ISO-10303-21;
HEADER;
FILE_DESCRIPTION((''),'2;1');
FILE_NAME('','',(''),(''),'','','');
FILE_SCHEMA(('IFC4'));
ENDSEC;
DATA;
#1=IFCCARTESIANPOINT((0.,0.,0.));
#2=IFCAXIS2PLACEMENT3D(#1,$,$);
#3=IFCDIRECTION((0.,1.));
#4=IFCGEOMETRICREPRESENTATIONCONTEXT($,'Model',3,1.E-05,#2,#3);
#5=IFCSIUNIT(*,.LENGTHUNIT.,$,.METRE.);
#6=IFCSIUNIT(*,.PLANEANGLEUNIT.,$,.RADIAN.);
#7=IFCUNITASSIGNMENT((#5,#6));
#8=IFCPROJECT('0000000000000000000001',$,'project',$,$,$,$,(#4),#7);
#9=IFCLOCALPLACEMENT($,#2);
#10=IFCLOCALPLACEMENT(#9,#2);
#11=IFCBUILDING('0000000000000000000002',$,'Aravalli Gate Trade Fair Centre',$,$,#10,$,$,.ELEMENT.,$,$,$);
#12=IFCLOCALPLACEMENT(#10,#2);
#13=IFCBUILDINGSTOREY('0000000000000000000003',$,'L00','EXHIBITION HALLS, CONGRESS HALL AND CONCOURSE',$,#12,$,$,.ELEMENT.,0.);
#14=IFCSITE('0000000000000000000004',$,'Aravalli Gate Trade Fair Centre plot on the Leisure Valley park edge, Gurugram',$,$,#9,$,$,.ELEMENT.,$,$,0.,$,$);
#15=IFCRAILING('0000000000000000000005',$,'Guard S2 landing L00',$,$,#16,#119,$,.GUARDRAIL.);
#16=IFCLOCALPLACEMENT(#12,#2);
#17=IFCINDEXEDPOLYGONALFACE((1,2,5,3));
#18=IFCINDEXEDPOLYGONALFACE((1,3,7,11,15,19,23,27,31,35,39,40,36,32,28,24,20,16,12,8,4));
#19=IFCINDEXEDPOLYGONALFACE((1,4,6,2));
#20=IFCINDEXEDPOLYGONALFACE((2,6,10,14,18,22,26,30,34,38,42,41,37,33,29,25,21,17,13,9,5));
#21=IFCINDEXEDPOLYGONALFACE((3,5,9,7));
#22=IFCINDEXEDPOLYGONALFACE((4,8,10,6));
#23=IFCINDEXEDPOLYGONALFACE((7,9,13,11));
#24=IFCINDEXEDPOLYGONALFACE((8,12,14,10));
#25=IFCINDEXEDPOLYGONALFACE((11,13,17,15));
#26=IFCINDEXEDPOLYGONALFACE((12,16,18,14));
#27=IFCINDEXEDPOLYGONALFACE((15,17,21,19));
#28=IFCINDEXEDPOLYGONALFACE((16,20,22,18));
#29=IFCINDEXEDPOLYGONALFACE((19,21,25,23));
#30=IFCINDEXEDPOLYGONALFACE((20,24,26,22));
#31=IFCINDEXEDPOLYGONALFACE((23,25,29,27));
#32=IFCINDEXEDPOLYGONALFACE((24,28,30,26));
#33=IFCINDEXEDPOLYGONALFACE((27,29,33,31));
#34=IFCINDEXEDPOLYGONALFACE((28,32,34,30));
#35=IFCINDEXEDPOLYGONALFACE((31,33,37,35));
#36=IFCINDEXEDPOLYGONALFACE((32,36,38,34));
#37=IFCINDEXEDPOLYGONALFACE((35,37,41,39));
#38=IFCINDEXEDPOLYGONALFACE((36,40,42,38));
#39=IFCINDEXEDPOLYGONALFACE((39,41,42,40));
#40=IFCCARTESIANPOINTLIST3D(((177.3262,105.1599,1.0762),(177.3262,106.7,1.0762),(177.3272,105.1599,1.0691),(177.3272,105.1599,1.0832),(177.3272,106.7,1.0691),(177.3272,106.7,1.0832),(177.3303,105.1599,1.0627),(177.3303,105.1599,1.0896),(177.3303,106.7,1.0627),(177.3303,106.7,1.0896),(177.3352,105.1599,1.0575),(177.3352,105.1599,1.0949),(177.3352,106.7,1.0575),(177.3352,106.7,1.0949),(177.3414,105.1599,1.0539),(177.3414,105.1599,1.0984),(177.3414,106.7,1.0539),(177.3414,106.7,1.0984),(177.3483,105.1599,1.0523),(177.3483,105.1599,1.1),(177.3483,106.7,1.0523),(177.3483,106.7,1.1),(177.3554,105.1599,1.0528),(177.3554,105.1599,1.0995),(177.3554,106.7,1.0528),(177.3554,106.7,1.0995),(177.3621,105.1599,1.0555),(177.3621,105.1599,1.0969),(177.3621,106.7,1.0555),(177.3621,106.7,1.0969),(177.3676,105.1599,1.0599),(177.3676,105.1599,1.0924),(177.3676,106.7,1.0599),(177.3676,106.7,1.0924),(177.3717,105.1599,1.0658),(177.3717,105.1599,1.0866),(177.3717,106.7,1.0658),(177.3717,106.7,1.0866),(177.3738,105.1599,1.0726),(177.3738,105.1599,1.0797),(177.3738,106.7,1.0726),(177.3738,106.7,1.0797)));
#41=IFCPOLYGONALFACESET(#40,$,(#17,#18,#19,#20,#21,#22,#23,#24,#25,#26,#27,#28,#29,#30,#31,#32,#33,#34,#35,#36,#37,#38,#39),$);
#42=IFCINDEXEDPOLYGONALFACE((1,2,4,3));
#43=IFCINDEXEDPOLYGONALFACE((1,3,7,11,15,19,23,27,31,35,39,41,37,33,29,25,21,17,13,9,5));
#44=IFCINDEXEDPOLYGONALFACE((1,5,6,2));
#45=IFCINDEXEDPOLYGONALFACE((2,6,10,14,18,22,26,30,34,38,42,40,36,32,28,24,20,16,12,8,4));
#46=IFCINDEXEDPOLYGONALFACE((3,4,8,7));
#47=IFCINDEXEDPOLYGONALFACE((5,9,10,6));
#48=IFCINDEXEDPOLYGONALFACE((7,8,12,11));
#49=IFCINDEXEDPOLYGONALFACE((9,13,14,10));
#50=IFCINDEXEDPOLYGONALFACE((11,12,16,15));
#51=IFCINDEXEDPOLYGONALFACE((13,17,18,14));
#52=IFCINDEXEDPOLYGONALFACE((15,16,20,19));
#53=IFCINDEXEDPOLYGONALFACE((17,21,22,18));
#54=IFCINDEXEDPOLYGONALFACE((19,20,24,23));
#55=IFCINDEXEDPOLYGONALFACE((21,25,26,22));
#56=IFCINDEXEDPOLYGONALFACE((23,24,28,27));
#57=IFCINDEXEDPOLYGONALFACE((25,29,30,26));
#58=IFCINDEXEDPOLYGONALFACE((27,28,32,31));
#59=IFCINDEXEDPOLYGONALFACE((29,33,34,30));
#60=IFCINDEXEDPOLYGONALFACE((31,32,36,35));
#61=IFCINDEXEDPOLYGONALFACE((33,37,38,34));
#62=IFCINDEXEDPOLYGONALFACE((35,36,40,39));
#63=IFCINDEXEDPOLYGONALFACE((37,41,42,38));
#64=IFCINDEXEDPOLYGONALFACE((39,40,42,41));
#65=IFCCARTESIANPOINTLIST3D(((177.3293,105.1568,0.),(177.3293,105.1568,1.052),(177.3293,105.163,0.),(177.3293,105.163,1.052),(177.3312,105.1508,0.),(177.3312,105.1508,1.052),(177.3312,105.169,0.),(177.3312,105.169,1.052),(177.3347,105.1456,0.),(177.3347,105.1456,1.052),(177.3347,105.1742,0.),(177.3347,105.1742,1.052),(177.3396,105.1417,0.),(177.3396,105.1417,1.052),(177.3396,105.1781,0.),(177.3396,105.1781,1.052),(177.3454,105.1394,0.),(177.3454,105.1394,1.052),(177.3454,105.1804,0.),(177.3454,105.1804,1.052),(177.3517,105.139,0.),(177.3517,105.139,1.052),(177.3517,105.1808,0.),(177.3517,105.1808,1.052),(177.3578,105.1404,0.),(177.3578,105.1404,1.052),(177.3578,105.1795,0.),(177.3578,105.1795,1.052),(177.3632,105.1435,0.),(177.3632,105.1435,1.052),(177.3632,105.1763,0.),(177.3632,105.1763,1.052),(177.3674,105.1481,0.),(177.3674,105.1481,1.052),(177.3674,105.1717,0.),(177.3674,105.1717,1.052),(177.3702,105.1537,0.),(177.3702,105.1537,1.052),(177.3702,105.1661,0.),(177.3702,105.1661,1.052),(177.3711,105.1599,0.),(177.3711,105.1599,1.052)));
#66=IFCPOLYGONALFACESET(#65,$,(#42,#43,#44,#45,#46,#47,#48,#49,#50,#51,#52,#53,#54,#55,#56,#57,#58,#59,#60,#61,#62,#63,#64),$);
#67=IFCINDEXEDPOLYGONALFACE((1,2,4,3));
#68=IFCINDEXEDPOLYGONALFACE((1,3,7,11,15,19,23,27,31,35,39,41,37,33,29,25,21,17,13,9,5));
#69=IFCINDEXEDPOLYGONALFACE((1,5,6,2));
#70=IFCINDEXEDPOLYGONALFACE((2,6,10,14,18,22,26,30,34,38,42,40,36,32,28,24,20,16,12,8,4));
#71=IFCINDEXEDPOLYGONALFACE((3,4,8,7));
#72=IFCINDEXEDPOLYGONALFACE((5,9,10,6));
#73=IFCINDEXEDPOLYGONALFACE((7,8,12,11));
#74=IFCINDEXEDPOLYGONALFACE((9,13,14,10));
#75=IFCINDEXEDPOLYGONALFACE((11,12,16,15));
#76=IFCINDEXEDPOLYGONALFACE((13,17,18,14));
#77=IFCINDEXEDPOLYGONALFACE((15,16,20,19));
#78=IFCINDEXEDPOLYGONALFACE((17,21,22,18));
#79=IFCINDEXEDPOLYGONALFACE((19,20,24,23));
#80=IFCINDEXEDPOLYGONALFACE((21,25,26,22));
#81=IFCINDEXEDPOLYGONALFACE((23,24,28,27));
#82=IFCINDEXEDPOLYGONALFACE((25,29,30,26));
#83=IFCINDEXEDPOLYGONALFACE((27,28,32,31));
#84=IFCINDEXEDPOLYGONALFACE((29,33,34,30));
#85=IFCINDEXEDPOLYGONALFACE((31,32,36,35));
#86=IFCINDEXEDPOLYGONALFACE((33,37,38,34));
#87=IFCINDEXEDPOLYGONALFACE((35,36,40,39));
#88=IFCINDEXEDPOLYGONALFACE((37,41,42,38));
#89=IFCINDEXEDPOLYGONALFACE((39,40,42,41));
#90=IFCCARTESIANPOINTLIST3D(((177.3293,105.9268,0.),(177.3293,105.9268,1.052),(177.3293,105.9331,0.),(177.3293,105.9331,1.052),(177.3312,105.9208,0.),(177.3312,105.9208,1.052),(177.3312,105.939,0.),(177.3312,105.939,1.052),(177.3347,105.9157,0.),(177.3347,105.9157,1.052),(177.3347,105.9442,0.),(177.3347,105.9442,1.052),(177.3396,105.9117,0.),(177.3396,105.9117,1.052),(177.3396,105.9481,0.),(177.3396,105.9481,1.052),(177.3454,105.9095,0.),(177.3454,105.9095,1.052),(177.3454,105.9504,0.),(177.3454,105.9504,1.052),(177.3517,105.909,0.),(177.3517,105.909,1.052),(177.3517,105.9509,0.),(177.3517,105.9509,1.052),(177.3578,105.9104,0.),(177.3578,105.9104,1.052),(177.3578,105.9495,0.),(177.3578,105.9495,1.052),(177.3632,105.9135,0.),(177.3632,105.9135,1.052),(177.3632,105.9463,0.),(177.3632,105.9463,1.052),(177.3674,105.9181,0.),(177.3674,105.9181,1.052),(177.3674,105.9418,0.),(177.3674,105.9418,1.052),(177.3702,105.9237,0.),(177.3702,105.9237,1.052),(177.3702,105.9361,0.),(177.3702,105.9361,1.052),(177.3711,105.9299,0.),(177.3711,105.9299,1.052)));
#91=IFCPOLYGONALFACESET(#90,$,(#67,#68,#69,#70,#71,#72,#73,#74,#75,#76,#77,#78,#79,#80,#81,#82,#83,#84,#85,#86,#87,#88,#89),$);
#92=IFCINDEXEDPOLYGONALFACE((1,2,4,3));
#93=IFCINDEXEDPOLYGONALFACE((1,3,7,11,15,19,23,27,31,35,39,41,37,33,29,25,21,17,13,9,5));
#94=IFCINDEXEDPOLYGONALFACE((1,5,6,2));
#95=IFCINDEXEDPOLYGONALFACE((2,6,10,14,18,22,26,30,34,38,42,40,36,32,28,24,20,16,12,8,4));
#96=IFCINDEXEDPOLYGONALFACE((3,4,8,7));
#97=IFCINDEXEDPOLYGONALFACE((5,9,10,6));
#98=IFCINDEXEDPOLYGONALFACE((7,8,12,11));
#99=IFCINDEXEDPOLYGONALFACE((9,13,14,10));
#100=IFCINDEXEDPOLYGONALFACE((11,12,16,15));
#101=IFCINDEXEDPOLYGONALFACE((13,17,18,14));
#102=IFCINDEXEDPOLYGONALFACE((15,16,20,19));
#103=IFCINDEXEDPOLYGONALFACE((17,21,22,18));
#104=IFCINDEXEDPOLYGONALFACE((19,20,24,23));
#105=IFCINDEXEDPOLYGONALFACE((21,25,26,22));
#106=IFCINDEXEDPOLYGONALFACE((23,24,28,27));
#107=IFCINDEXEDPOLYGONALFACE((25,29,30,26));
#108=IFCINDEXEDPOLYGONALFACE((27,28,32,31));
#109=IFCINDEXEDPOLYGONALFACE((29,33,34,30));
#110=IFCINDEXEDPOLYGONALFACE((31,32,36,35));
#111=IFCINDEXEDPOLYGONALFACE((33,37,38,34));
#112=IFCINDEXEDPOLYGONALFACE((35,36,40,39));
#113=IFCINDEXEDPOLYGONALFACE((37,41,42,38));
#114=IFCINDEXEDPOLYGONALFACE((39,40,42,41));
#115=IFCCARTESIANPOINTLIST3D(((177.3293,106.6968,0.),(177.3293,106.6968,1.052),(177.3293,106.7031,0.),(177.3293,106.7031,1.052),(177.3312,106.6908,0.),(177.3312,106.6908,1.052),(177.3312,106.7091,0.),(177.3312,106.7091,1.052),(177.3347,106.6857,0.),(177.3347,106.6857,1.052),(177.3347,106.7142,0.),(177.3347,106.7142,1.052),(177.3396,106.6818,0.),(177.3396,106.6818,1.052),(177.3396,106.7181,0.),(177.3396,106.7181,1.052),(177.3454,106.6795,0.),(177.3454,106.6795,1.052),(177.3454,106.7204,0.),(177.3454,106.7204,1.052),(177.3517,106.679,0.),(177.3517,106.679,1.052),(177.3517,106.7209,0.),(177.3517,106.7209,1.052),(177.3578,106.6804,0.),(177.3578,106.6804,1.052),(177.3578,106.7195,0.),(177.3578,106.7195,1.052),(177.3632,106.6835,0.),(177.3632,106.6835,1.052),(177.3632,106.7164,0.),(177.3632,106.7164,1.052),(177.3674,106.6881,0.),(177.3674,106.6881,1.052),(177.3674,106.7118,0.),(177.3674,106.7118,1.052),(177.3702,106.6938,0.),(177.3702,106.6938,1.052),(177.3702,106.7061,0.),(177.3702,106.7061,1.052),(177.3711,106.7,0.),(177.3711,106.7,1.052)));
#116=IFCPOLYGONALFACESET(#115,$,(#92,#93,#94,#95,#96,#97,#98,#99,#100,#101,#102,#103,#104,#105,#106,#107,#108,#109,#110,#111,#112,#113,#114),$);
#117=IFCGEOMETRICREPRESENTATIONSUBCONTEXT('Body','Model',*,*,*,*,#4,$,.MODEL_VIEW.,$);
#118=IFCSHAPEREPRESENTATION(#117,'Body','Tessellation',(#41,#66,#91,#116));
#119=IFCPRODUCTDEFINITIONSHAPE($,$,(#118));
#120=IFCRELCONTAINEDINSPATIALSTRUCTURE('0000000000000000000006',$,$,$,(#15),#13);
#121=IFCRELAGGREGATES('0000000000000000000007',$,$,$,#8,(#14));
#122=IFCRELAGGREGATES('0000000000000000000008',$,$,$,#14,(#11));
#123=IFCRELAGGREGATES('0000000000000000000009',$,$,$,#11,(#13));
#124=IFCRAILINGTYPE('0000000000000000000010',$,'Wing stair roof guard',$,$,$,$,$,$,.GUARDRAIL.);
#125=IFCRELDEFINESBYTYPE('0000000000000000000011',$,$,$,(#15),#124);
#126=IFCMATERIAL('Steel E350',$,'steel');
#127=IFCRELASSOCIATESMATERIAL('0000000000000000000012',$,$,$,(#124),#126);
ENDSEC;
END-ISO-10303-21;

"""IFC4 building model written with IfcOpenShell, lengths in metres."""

from ifc_helpers import new_model, si_unit, direction, frame, origin, origin_2d, place, context, subcontext, project, spatial, circle, extrude, material, type_object, element, save


model = new_model("IFC4")

# Units and contexts
model_context = context("Model", 3, precision=1e-05, world=origin(), true_north=direction((0.0, 1.0)))
body_context = subcontext(model_context, "Body", "Model", "MODEL_VIEW")
ifc_project = project(units=[si_unit("LENGTHUNIT", "METRE"), si_unit("PLANEANGLEUNIT", "RADIAN")], contexts=[model_context])

# Site, building, storey
site_placement = place(None, origin())
site = spatial("IfcSite", under=ifc_project, at=site_placement, Name="Aravalli Gate Trade Fair Centre plot on the Leisure Valley park edge, Gurugram", CompositionType="ELEMENT", RefElevation=0.0)
building_placement = place(site_placement, origin())
building = spatial("IfcBuilding", under=site, at=building_placement, Name="Aravalli Gate Trade Fair Centre", CompositionType="ELEMENT")
storey_placement = place(building_placement, origin())
storey = spatial("IfcBuildingStorey", under=building, at=storey_placement, Name="L00", Description="EXHIBITION HALLS, CONGRESS HALL AND CONCOURSE", CompositionType="ELEMENT", Elevation=0.0)

# Shared definitions
ifc_material_1 = material(Name="Steel E350", Category="steel")

# Railing
railing_type_1 = type_object("IfcRailingType", Name="Wing stair roof guard", PredefinedType="GUARDRAIL", material=ifc_material_1)
railing_1_placement = place(storey_placement, frame((177.3501, 105.1599, 0.0)))
element("IfcRailing", 1, at=railing_1_placement, inside=storey, type_object=railing_type_1, Name="Guard S2 landing L00", PredefinedType="GUARDRAIL", context=body_context, shape_type="SweptSolid", body=[
    extrude(circle(Radius=0.0239, at=origin_2d()), frame((0.0, 0.0, 1.0762), z_axis=(0.0, 1.0, 0.0), x_axis=(-1.0, 0.0, 0.0)), (0.0, 0.0, 1.0), 1.54),
    extrude(circle(Radius=0.021, at=origin_2d()), origin(), (0.0, 0.0, 1.0), 1.052),
    extrude(circle(Radius=0.021, at=origin_2d()), frame((0.0, 0.77, 0.0)), (0.0, 0.0, 1.0), 1.052),
    extrude(circle(Radius=0.021, at=origin_2d()), frame((0.0, 1.54, 0.0)), (0.0, 0.0, 1.0), 1.052),
])

save(model, "model.ifc")
